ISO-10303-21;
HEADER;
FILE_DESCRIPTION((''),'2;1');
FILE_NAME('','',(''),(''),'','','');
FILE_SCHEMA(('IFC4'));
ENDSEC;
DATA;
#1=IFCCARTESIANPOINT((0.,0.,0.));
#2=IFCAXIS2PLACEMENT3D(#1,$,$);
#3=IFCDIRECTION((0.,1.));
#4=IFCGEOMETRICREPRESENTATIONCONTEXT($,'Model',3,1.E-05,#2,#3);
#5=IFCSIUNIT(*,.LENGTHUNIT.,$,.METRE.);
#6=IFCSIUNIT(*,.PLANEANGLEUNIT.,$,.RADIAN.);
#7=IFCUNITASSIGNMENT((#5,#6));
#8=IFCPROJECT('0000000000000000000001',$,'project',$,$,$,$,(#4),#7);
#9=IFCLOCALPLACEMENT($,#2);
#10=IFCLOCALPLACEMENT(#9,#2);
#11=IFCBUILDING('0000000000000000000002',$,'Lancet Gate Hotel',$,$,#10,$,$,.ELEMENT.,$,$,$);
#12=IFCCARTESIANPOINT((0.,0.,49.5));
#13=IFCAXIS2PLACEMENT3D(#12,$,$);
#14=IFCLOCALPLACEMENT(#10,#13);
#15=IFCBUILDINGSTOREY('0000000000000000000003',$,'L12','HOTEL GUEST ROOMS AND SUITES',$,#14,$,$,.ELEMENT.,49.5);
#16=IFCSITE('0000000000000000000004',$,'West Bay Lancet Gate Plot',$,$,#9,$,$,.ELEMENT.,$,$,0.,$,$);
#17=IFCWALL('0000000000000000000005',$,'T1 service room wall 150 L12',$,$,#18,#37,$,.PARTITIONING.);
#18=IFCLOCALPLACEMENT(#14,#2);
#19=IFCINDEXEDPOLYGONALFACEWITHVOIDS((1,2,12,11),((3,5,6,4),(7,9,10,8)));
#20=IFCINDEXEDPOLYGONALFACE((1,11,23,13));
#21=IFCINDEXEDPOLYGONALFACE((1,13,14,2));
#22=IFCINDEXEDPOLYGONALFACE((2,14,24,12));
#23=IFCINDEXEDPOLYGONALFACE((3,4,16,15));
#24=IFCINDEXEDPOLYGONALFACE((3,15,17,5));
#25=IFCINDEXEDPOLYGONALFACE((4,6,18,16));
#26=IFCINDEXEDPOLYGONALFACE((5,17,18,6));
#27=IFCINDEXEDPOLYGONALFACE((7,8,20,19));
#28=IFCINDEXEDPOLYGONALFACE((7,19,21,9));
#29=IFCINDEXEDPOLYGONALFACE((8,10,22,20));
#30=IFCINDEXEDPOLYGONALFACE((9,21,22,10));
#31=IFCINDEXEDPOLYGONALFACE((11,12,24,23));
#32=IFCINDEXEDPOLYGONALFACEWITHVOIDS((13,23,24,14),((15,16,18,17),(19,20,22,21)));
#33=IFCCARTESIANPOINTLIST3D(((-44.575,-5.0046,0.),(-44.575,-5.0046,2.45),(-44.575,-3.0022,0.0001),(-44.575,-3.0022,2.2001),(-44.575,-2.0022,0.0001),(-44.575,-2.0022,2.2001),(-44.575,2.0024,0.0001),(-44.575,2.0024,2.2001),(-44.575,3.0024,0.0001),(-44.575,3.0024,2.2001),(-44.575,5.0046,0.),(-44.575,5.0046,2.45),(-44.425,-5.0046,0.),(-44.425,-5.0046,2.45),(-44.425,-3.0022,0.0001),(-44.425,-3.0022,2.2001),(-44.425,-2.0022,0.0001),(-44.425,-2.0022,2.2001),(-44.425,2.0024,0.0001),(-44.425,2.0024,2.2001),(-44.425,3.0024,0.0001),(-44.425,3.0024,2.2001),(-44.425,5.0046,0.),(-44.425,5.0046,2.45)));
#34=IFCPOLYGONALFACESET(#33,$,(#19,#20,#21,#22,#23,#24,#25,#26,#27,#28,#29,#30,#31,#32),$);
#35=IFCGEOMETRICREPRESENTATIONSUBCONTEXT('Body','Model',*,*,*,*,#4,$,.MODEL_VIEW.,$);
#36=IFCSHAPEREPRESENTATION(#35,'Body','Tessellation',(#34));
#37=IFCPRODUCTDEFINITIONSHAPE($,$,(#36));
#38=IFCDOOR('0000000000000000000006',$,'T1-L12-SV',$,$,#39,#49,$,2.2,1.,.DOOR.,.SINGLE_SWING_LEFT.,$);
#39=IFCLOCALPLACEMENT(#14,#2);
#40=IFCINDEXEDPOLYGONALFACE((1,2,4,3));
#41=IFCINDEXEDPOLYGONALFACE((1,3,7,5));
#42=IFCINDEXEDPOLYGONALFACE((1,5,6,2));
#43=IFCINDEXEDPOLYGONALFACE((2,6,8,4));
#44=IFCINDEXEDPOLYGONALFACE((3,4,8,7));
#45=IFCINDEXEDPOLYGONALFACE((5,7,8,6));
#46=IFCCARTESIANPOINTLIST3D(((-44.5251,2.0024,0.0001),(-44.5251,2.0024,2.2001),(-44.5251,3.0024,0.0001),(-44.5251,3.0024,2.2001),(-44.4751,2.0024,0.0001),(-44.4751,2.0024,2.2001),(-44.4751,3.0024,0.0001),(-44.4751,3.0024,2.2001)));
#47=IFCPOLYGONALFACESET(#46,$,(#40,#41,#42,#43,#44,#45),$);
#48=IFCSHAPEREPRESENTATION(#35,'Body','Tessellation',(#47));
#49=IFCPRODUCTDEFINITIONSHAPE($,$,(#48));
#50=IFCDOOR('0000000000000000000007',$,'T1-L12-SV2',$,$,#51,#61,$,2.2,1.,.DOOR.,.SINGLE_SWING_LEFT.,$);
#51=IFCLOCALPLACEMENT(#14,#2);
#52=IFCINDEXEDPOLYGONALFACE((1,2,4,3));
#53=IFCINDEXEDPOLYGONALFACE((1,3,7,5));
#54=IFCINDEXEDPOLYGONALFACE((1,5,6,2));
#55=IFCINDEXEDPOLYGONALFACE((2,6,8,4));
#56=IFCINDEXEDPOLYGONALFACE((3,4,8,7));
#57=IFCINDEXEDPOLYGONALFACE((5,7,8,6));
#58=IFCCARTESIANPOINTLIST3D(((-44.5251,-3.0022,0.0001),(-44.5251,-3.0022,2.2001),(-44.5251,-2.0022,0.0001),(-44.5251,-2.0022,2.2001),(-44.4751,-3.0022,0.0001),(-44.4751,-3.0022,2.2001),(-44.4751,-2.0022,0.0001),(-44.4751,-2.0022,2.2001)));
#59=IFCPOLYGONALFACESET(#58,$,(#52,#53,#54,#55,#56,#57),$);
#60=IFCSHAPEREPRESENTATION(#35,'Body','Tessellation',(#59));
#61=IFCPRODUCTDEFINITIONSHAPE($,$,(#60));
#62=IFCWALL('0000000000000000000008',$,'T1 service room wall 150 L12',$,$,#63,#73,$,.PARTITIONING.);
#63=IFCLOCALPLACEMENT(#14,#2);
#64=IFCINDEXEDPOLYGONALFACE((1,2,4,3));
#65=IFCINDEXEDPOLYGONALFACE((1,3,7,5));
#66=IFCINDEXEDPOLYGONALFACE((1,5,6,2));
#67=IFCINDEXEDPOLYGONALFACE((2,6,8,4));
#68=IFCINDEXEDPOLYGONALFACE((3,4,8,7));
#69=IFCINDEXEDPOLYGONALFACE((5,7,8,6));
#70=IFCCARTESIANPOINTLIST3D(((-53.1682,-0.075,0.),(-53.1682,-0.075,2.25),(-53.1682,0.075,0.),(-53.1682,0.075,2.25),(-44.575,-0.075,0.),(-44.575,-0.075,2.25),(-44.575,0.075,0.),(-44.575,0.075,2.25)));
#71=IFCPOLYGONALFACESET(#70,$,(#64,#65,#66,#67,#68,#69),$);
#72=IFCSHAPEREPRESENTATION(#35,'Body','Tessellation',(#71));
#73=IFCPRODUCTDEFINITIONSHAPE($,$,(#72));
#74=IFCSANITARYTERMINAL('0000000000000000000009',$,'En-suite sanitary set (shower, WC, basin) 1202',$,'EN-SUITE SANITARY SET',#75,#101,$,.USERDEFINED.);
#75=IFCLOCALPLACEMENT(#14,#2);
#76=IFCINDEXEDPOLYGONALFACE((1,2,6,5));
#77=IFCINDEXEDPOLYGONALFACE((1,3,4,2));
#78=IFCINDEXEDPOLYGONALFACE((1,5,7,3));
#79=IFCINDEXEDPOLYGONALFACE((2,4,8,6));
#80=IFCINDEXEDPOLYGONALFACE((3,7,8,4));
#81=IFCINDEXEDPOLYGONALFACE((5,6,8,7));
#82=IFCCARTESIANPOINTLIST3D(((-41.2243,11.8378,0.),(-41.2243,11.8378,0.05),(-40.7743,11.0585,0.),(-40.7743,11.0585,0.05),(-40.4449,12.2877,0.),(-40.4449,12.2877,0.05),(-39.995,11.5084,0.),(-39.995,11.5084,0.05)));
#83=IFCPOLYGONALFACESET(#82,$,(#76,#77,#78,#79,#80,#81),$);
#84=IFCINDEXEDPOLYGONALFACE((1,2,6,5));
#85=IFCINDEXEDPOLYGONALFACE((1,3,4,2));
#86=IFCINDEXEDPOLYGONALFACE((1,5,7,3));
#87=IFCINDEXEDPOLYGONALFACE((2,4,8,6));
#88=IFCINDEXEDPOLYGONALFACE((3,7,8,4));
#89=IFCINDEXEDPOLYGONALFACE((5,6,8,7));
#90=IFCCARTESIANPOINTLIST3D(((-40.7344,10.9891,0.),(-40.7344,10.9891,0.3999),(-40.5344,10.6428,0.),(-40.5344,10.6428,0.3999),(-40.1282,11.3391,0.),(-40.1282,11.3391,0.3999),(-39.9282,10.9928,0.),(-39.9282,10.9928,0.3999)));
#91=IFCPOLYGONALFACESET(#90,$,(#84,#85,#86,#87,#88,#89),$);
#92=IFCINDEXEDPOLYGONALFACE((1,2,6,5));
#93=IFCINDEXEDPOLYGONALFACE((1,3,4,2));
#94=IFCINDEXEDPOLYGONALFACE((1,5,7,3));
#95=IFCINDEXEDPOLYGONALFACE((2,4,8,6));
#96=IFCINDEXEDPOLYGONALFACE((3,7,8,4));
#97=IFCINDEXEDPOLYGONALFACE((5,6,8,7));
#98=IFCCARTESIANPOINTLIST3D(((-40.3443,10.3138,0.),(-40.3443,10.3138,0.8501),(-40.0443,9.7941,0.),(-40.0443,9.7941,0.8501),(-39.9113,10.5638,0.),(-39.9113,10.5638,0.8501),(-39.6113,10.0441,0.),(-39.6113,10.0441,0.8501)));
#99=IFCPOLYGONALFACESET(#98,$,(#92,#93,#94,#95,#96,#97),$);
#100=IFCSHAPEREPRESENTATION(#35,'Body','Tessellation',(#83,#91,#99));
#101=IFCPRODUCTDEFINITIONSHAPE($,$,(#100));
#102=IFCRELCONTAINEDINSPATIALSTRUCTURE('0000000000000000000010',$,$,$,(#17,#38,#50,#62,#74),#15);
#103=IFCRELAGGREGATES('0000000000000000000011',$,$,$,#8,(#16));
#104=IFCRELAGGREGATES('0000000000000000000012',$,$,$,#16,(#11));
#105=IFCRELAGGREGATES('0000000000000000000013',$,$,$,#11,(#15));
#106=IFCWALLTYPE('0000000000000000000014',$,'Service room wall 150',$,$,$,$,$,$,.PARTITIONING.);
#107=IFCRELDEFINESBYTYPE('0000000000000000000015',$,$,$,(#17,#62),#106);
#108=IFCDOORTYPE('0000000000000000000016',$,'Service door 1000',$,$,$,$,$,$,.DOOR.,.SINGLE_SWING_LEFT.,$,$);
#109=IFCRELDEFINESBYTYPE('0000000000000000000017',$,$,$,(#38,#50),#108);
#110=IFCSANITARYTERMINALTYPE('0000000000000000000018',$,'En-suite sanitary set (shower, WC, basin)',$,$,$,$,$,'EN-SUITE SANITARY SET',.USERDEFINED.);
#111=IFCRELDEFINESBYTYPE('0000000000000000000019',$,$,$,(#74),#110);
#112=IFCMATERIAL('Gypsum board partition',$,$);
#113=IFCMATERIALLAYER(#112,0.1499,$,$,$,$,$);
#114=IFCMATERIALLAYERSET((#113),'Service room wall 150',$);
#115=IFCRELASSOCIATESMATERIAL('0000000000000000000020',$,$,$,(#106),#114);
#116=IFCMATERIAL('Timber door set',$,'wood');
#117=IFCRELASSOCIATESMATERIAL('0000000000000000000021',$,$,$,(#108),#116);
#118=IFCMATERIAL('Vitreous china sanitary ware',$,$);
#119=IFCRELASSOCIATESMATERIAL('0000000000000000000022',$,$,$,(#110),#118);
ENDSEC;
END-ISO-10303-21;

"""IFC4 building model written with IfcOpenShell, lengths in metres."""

from ifc_helpers import new_model, si_unit, direction, frame, frame_2d, origin, origin_2d, place, context, subcontext, project, spatial, rectangle, extrude, material, layer, layer_set, type_object, element, fill, save


model = new_model("IFC4")

# Units and contexts
model_context = context("Model", 3, precision=1e-05, world=origin(), true_north=direction((0.0, 1.0)))
body_context = subcontext(model_context, "Body", "Model", "MODEL_VIEW")
ifc_project = project(units=[si_unit("LENGTHUNIT", "METRE"), si_unit("PLANEANGLEUNIT", "RADIAN")], contexts=[model_context])

# Site, building, storey
site_placement = place(None, origin())
site = spatial("IfcSite", under=ifc_project, at=site_placement, Name="West Bay Lancet Gate Plot", CompositionType="ELEMENT", RefElevation=0.0)
building_placement = place(site_placement, origin())
building = spatial("IfcBuilding", under=site, at=building_placement, Name="Lancet Gate Hotel", CompositionType="ELEMENT")
storey_placement = place(building_placement, frame((0.0, 0.0, 49.5)))
storey = spatial("IfcBuildingStorey", under=building, at=storey_placement, Name="L12", Description="HOTEL GUEST ROOMS AND SUITES", CompositionType="ELEMENT", Elevation=49.5)

# Shared definitions
ifc_material_1 = material(Name="Gypsum board partition")
ifc_layer_1 = layer(ifc_material_1, 0.1499)
ifc_layer_set_1 = layer_set([ifc_layer_1], Name="Service room wall 150")
wall_type_1 = type_object("IfcWallType", Name="Service room wall 150", PredefinedType="PARTITIONING", material=ifc_layer_set_1)

# Wall, openings, doors
wall_1_placement = place(storey_placement, frame((-44.5, 5.0046, 0.0), z_axis=(0.0, 0.0, 1.0), x_axis=(0.0, -1.0, 0.0)))
wall_1 = element("IfcWall", 1, at=wall_1_placement, inside=storey, type_object=wall_type_1, Name="T1 service room wall 150 L12", PredefinedType="PARTITIONING", context=body_context, shape_type="SweptSolid", body=[
    extrude(rectangle(XDim=10.0093, YDim=0.1499, at=frame_2d((5.0046, 0.0))), origin(), (0.0, 0.0, 1.0), 2.45),
])
opening_1_placement = place(wall_1_placement, frame((2.0022, 0.0, 0.0)))
opening_1 = element("IfcOpeningElement", 2, at=opening_1_placement, cuts=wall_1, PredefinedType="OPENING", context=body_context, shape_type="SweptSolid", body=[
    extrude(rectangle(XDim=1.0, YDim=2.2, at=frame_2d((0.5, 1.1001))), frame((0.0, 0.085, 0.0), z_axis=(0.0, -1.0, 0.0), x_axis=(1.0, 0.0, 0.0)), (0.0, 0.0, 1.0), 0.1699),
])
opening_2_placement = place(wall_1_placement, frame((7.0068, 0.0, 0.0)))
opening_2 = element("IfcOpeningElement", 3, at=opening_2_placement, cuts=wall_1, PredefinedType="OPENING", context=body_context, shape_type="SweptSolid", body=[
    extrude(rectangle(XDim=1.0, YDim=2.2, at=frame_2d((0.5, 1.1001))), frame((0.0, 0.085, 0.0), z_axis=(0.0, -1.0, 0.0), x_axis=(1.0, 0.0, 0.0)), (0.0, 0.0, 1.0), 0.1699),
])
ifc_material_2 = material(Name="Timber door set", Category="wood")
door_type_1 = type_object("IfcDoorType", Name="Service door 1000", OperationType="SINGLE_SWING_LEFT", PredefinedType="DOOR", material=ifc_material_2)
door_1_placement = place(opening_1_placement, origin())
door_1 = element("IfcDoor", 4, at=door_1_placement, inside=storey, type_object=door_type_1, Name="T1-L12-SV", OperationType="SINGLE_SWING_LEFT", OverallHeight=2.2, OverallWidth=1.0, PredefinedType="DOOR", context=body_context, shape_type="SweptSolid", body=[
    extrude(rectangle(XDim=1.0, YDim=2.2, at=frame_2d((0.5, 1.1001))), frame((0.0, 0.0249, 0.0), z_axis=(0.0, -1.0, 0.0), x_axis=(1.0, 0.0, 0.0)), (0.0, 0.0, 1.0), 0.05),
])
fill(opening_1, door_1)
door_2_placement = place(opening_2_placement, origin())
door_2 = element("IfcDoor", 5, at=door_2_placement, inside=storey, type_object=door_type_1, Name="T1-L12-SV2", OperationType="SINGLE_SWING_LEFT", OverallHeight=2.2, OverallWidth=1.0, PredefinedType="DOOR", context=body_context, shape_type="SweptSolid", body=[
    extrude(rectangle(XDim=1.0, YDim=2.2, at=frame_2d((0.5, 1.1001))), frame((0.0, 0.0249, 0.0), z_axis=(0.0, -1.0, 0.0), x_axis=(1.0, 0.0, 0.0)), (0.0, 0.0, 1.0), 0.05),
])
fill(opening_2, door_2)

# Wall
wall_2_placement = place(storey_placement, frame((-44.575, 0.0, 0.0), z_axis=(0.0, 0.0, 1.0), x_axis=(-1.0, 0.0, 0.0)))
element("IfcWall", 6, at=wall_2_placement, inside=storey, type_object=wall_type_1, Name="T1 service room wall 150 L12", PredefinedType="PARTITIONING", context=body_context, shape_type="SweptSolid", body=[
    extrude(rectangle(XDim=8.5933, YDim=0.1499, at=frame_2d((4.2966, 0.0))), origin(), (0.0, 0.0, 1.0), 2.25),
])

# Sanitary terminal
ifc_material_3 = material(Name="Vitreous china sanitary ware")
sanitary_terminal_type = type_object("IfcSanitaryTerminalType", Name="En-suite sanitary set (shower, WC, basin)", ElementType="EN-SUITE SANITARY SET", PredefinedType="USERDEFINED", material=ifc_material_3)
sanitary_terminal_placement = place(storey_placement, frame((-40.6096, 11.6731, 0.0), z_axis=(0.0, 0.0, 1.0), x_axis=(1.0, 0.0, 0.0)))
element("IfcSanitaryTerminal", 7, at=sanitary_terminal_placement, inside=storey, type_object=sanitary_terminal_type, Name="En-suite sanitary set (shower, WC, basin) 1202", ObjectType="EN-SUITE SANITARY SET", PredefinedType="USERDEFINED", context=body_context, shape_type="SweptSolid", body=[
    extrude(rectangle(XDim=0.8999, YDim=0.8999, at=origin_2d()), frame((0.0, 0.0, 0.0), z_axis=(0.0, 0.0, 1.0), x_axis=(-0.5, 0.866025, 0.0)), (0.0, 0.0, 1.0), 0.05),
    extrude(rectangle(XDim=0.3999, YDim=0.7, at=origin_2d()), frame((0.2783, -0.6821, 0.0), z_axis=(0.0, 0.0, 1.0), x_axis=(-0.5, 0.866025, 0.0)), (0.0, 0.0, 1.0), 0.3999),
    extrude(rectangle(XDim=0.6001, YDim=0.5, at=origin_2d()), frame((0.6318, -1.4941, 0.0), z_axis=(0.0, 0.0, 1.0), x_axis=(-0.5, 0.866025, 0.0)), (0.0, 0.0, 1.0), 0.8501),
])

save(model, "model.ifc")
